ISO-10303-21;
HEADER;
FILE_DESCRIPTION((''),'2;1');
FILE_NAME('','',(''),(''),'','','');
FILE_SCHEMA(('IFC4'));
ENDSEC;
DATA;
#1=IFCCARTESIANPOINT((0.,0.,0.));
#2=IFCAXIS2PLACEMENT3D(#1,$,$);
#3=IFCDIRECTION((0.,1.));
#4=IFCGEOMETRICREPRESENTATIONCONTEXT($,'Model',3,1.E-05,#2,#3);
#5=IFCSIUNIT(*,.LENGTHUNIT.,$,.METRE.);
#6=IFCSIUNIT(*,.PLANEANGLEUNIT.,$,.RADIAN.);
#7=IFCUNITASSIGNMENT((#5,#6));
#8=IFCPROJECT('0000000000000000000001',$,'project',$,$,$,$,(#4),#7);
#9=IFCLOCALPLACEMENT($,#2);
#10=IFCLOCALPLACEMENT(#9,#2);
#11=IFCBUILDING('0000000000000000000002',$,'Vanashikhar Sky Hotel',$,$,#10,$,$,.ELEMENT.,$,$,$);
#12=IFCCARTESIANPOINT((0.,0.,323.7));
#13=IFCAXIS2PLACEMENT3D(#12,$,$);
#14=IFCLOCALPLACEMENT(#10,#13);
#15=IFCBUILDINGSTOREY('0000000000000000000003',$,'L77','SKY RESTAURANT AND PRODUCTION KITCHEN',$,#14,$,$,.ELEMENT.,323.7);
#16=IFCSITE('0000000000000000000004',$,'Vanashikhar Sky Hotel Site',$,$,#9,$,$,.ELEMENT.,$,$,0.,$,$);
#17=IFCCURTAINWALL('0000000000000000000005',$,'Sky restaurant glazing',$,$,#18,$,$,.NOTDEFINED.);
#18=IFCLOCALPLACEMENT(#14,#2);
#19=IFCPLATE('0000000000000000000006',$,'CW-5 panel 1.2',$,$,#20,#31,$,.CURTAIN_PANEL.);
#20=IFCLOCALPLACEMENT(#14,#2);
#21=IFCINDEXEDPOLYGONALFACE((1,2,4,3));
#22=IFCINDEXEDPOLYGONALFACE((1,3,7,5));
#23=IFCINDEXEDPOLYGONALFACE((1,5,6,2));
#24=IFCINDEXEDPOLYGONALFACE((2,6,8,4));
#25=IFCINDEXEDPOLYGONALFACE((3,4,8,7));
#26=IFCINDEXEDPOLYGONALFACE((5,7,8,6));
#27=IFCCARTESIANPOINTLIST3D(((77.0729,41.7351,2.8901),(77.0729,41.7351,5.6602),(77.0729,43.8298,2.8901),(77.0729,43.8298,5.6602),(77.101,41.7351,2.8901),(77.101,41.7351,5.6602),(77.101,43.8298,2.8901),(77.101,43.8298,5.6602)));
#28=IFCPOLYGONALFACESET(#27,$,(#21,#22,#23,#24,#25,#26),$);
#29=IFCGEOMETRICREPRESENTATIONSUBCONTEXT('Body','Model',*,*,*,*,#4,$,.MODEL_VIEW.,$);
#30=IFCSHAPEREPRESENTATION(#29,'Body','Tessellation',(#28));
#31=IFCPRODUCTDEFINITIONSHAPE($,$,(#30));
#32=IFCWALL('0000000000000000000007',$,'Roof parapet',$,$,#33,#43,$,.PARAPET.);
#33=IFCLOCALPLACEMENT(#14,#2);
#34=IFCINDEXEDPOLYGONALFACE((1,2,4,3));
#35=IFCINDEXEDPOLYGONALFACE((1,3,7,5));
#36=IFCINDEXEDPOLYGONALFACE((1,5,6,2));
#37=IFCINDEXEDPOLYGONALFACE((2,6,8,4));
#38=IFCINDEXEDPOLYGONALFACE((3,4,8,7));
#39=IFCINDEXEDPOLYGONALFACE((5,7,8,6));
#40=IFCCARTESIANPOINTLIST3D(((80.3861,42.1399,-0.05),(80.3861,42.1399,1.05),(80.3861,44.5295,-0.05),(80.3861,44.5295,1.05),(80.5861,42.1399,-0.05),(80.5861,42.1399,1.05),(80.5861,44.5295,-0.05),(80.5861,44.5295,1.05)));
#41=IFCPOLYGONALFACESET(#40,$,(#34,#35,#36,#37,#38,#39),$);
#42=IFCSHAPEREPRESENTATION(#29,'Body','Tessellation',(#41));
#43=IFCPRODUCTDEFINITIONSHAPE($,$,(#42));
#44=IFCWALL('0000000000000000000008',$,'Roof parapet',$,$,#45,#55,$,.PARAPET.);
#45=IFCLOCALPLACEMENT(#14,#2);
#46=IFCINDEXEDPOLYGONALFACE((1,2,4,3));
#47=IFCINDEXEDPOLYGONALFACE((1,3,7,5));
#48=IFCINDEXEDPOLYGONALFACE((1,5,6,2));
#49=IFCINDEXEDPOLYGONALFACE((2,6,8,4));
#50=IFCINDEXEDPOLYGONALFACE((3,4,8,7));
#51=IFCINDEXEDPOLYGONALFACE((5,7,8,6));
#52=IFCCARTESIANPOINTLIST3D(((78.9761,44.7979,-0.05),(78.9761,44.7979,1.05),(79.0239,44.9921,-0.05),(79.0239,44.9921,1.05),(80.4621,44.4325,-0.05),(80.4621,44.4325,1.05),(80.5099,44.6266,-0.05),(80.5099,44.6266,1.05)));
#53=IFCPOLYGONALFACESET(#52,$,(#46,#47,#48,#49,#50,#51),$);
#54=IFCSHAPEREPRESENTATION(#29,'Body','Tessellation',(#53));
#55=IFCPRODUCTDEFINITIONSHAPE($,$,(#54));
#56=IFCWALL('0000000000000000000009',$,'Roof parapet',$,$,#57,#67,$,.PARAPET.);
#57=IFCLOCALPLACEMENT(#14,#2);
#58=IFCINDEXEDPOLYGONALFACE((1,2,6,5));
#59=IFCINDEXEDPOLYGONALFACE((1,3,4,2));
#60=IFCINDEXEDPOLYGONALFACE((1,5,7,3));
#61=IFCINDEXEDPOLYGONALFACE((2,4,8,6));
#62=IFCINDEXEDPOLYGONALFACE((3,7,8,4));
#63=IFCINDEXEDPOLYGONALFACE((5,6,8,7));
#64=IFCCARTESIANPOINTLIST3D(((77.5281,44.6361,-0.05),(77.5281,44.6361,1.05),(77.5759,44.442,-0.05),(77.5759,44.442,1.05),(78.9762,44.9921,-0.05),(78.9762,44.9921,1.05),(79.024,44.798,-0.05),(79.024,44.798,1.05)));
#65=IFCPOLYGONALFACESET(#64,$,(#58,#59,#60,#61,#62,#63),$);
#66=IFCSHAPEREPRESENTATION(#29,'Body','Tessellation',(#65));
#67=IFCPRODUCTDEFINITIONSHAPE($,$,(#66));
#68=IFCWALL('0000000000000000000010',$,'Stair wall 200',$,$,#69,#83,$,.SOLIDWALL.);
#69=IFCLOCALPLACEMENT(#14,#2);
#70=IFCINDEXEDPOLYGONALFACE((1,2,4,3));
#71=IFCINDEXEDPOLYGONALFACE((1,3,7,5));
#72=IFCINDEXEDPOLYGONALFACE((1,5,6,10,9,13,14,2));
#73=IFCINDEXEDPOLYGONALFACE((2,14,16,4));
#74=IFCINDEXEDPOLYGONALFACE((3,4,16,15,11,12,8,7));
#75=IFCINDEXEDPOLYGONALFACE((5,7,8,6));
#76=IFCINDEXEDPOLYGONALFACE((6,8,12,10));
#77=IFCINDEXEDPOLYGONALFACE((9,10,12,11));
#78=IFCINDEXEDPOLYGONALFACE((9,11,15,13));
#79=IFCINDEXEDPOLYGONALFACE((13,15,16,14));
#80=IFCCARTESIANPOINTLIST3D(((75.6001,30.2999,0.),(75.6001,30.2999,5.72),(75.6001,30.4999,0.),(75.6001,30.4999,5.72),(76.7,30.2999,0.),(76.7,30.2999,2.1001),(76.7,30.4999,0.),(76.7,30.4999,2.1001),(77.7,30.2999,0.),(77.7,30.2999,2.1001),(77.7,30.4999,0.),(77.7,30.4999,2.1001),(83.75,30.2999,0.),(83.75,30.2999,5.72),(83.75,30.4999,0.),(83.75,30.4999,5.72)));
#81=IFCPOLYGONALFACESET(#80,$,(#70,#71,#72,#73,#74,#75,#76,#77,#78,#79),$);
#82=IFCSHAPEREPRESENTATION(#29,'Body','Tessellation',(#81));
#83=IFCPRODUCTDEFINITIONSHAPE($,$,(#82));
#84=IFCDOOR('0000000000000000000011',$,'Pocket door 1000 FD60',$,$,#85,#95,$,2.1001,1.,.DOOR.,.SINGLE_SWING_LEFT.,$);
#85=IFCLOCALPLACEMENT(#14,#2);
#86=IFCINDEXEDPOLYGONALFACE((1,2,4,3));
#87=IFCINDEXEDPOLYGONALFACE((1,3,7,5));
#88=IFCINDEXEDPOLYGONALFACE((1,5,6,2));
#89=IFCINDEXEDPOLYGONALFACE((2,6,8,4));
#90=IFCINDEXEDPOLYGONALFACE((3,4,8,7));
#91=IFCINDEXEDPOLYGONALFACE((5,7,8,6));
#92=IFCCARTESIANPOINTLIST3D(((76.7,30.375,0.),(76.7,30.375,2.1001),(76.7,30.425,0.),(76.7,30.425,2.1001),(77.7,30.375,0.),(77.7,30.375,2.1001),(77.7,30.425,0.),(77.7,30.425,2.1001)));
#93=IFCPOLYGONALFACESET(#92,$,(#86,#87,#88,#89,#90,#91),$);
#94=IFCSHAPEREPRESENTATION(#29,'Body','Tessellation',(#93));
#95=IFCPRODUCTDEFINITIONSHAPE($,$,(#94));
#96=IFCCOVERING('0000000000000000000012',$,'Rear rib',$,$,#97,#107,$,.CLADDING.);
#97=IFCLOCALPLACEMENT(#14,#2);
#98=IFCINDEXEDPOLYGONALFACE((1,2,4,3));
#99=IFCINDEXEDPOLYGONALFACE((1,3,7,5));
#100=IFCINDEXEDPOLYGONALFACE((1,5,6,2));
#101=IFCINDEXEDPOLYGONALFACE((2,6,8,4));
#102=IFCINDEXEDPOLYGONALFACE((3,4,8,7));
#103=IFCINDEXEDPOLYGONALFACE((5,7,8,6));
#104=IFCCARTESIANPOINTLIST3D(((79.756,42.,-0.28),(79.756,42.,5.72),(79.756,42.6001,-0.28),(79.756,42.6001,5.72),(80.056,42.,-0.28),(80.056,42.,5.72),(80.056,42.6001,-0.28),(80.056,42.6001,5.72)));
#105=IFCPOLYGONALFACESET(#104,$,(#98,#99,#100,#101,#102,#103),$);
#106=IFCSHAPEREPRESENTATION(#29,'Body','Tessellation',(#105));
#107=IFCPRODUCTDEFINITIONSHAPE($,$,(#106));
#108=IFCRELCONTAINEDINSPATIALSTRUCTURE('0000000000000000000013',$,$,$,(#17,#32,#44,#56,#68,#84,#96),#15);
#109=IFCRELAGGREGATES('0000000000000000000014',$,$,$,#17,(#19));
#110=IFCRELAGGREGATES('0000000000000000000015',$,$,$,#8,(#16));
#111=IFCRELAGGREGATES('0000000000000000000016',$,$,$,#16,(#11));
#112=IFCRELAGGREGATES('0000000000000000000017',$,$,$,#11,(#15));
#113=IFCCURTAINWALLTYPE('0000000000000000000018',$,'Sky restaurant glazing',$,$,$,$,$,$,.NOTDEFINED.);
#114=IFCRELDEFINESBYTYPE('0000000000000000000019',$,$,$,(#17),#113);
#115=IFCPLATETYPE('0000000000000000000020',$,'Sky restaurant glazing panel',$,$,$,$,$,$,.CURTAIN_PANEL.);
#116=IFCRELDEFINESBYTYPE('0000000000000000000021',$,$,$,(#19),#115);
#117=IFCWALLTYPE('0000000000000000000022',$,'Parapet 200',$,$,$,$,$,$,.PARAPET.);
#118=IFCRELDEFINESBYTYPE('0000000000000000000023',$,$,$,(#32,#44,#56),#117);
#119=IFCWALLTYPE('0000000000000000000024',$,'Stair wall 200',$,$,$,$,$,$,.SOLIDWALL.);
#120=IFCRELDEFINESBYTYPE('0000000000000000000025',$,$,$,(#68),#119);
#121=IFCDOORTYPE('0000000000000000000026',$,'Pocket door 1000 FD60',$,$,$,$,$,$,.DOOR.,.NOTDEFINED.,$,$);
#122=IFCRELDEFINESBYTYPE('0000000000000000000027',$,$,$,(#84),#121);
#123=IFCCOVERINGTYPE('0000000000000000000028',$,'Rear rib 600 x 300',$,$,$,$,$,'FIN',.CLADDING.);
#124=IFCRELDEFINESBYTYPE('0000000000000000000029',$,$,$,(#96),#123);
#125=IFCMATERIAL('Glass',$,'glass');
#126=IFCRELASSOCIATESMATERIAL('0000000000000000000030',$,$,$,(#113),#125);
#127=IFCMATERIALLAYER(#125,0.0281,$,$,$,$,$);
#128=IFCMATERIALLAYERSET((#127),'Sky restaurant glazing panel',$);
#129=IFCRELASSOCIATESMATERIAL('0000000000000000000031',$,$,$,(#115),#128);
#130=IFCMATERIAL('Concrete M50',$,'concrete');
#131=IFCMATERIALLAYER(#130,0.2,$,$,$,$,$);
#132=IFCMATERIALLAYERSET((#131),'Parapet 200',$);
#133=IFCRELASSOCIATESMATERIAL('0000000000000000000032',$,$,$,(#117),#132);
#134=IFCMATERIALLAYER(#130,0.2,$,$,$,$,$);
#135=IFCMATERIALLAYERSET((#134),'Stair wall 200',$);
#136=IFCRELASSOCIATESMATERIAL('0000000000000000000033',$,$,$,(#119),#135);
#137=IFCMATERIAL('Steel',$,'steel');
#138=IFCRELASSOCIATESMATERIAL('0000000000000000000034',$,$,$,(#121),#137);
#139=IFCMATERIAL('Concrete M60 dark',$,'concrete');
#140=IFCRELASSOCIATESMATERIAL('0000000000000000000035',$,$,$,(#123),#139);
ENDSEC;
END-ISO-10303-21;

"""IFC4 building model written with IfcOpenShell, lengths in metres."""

from ifc_helpers import new_model, si_unit, direction, frame, frame_2d, origin, origin_2d, place, context, subcontext, project, spatial, rectangle, extrude, source, transform, mapped, material, layer, layer_set, material_profile, profile_set, type_object, element, fill, aggregate, save


model = new_model("IFC4")

# Units and contexts
model_context = context("Model", 3, precision=1e-05, world=origin(), true_north=direction((0.0, 1.0)))
body_context = subcontext(model_context, "Body", "Model", "MODEL_VIEW")
ifc_project = project(units=[si_unit("LENGTHUNIT", "METRE"), si_unit("PLANEANGLEUNIT", "RADIAN")], contexts=[model_context])

# Site, building, storey
site_placement = place(None, origin())
site = spatial("IfcSite", under=ifc_project, at=site_placement, Name="Vanashikhar Sky Hotel Site", CompositionType="ELEMENT", RefElevation=0.0)
building_placement = place(site_placement, origin())
building = spatial("IfcBuilding", under=site, at=building_placement, Name="Vanashikhar Sky Hotel", CompositionType="ELEMENT")
storey_placement = place(building_placement, frame((0.0, 0.0, 323.7)))
storey = spatial("IfcBuildingStorey", under=building, at=storey_placement, Name="L77", Description="SKY RESTAURANT AND PRODUCTION KITCHEN", CompositionType="ELEMENT", Elevation=323.7)

# Shared definitions
ifc_material_1 = material(Name="Glass", Category="glass")
curtain_wall_type = type_object("IfcCurtainWallType", Name="Sky restaurant glazing", PredefinedType="NOTDEFINED", material=ifc_material_1)

# Curtain wall
curtain_wall_1_placement = place(storey_placement, origin())
curtain_wall_1 = element("IfcCurtainWall", 1, at=curtain_wall_1_placement, inside=storey, type_object=curtain_wall_type, Name="Sky restaurant glazing", PredefinedType="NOTDEFINED")

# Plate
ifc_layer_1 = layer(ifc_material_1, 0.0281)
ifc_layer_set_1 = layer_set([ifc_layer_1], Name="Sky restaurant glazing panel")
plate_type = type_object("IfcPlateType", Name="Sky restaurant glazing panel", PredefinedType="CURTAIN_PANEL", material=ifc_layer_set_1)
shared_shape_1 = source(origin(), body_context, "Body", "SweptSolid", [
    extrude(rectangle(XDim=2.0947, YDim=0.0281, at=origin_2d()), origin(), (0.0, 0.0, 1.0), 2.77),
])
plate_1_placement = place(storey_placement, frame((77.0869, 42.7825, 2.8901), z_axis=(0.0, 0.0, 1.0), x_axis=(0.0, 1.0, 0.0)))
plate_1 = element("IfcPlate", 2, at=plate_1_placement, type_object=plate_type, Name="CW-5 panel 1.2", PredefinedType="CURTAIN_PANEL", context=body_context, shape_type="MappedRepresentation", body=[
    mapped(shared_shape_1, transform((0.0, 0.0, 0.0), scale=1.0)),
])
aggregate(curtain_wall_1, [plate_1])

# Walls
ifc_material_2 = material(Name="Concrete M50", Category="concrete")
ifc_layer_2 = layer(ifc_material_2, 0.2)
ifc_layer_set_2 = layer_set([ifc_layer_2], Name="Parapet 200")
wall_type_1 = type_object("IfcWallType", Name="Parapet 200", PredefinedType="PARAPET", material=ifc_layer_set_2)
shared_shape_2 = source(origin(), body_context, "Body", "SweptSolid", [
    extrude(rectangle(XDim=2.3896, YDim=0.2, at=frame_2d((1.1948, 0.0))), origin(), (0.0, 0.0, 1.0), 1.1001),
])
wall_1_placement = place(storey_placement, frame((80.4861, 44.5295, -0.05), z_axis=(0.0, 0.0, 1.0), x_axis=(0.0, -1.0, 0.0)))
element("IfcWall", 3, at=wall_1_placement, inside=storey, type_object=wall_type_1, Name="Roof parapet", PredefinedType="PARAPET", context=body_context, shape_type="MappedRepresentation", body=[
    mapped(shared_shape_2, transform((0.0, 0.0, 0.0), scale=1.0)),
])
shared_shape_3 = source(origin(), body_context, "Body", "SweptSolid", [
    extrude(rectangle(XDim=1.5303, YDim=0.2, at=frame_2d((0.7651, 0.0))), origin(), (0.0, 0.0, 1.0), 1.1001),
])
wall_2_placement = place(storey_placement, frame((79.0, 44.895, -0.05), z_axis=(0.0, 0.0, 1.0), x_axis=(0.971064, -0.238818, 0.0)))
element("IfcWall", 4, at=wall_2_placement, inside=storey, type_object=wall_type_1, Name="Roof parapet", PredefinedType="PARAPET", context=body_context, shape_type="MappedRepresentation", body=[
    mapped(shared_shape_3, transform((0.0, 0.0, 0.0), scale=1.0)),
])
shared_shape_4 = source(origin(), body_context, "Body", "SweptSolid", [
    extrude(rectangle(XDim=1.4912, YDim=0.2, at=frame_2d((0.7456, 0.0))), origin(), (0.0, 0.0, 1.0), 1.1001),
])
wall_3_placement = place(storey_placement, frame((77.552, 44.5391, -0.05), z_axis=(0.0, 0.0, 1.0), x_axis=(0.971088, 0.23872, 0.0)))
element("IfcWall", 5, at=wall_3_placement, inside=storey, type_object=wall_type_1, Name="Roof parapet", PredefinedType="PARAPET", context=body_context, shape_type="MappedRepresentation", body=[
    mapped(shared_shape_4, transform((0.0, 0.0, 0.0), scale=1.0)),
])

# Wall, opening, door
ifc_layer_3 = layer(ifc_material_2, 0.2)
ifc_layer_set_3 = layer_set([ifc_layer_3], Name="Stair wall 200")
wall_type_2 = type_object("IfcWallType", Name="Stair wall 200", PredefinedType="SOLIDWALL", material=ifc_layer_set_3)
shared_shape_5 = source(origin(), body_context, "Body", "SweptSolid", [
    extrude(rectangle(XDim=8.1499, YDim=0.2, at=frame_2d((4.075, 0.0))), origin(), (0.0, 0.0, 1.0), 5.72),
])
wall_4_placement = place(storey_placement, frame((83.75, 30.3999, 0.0), z_axis=(0.0, 0.0, 1.0), x_axis=(-1.0, 0.0, 0.0)))
wall_4 = element("IfcWall", 6, at=wall_4_placement, inside=storey, type_object=wall_type_2, Name="Stair wall 200", PredefinedType="SOLIDWALL", context=body_context, shape_type="MappedRepresentation", body=[
    mapped(shared_shape_5, transform((0.0, 0.0, 0.0), scale=1.0)),
])
shared_shape_6 = source(origin(), body_context, "Body", "SweptSolid", [
    extrude(rectangle(XDim=1.0, YDim=2.1001, at=frame_2d((0.5, 1.05))), frame((0.0, 0.1099, 0.0), z_axis=(0.0, -1.0, 0.0), x_axis=(1.0, 0.0, 0.0)), (0.0, 0.0, 1.0), 0.22),
])
opening_placement = place(wall_4_placement, frame((6.05, 0.0, 0.0)))
opening = element("IfcOpeningElement", 7, at=opening_placement, cuts=wall_4, PredefinedType="OPENING", context=body_context, shape_type="MappedRepresentation", body=[
    mapped(shared_shape_6, transform((0.0, 0.0, 0.0), scale=1.0)),
])
ifc_material_3 = material(Name="Steel", Category="steel")
door_type = type_object("IfcDoorType", Name="Pocket door 1000 FD60", OperationType="NOTDEFINED", PredefinedType="DOOR", material=ifc_material_3)
shared_shape_7 = source(origin(), body_context, "Body", "SweptSolid", [
    extrude(rectangle(XDim=1.0, YDim=2.1001, at=frame_2d((0.5, 1.05))), frame((0.0, 0.0249, 0.0), z_axis=(0.0, -1.0, 0.0), x_axis=(1.0, 0.0, 0.0)), (0.0, 0.0, 1.0), 0.05),
])
door_placement = place(opening_placement, origin())
door = element("IfcDoor", 8, at=door_placement, inside=storey, type_object=door_type, Name="Pocket door 1000 FD60", OperationType="SINGLE_SWING_LEFT", OverallHeight=2.1001, OverallWidth=1.0, PredefinedType="DOOR", context=body_context, shape_type="MappedRepresentation", body=[
    mapped(shared_shape_7, transform((0.0, 0.0, 0.0), scale=1.0)),
])
fill(opening, door)

# Covering
ifc_material_4 = material(Name="Concrete M60 dark", Category="concrete")
ifc_material_profile_1 = material_profile(ifc_material_4, rectangle(XDim=0.6001, YDim=0.3, at=origin_2d()))
ifc_profile_set_1 = profile_set([ifc_material_profile_1], Name="Rear rib 600 x 300")
covering_type = type_object("IfcCoveringType", Name="Rear rib 600 x 300", ElementType="FIN", PredefinedType="CLADDING", material=ifc_profile_set_1)
shared_shape_8 = source(origin(), body_context, "Body", "SweptSolid", [
    extrude(rectangle(XDim=0.6001, YDim=0.3, at=origin_2d()), origin(), (0.0, 0.0, 1.0), 6.0),
])
covering_placement = place(storey_placement, frame((79.906, 42.3, -0.28), z_axis=(0.0, 0.0, 1.0), x_axis=(0.0, 1.0, 0.0)))
element("IfcCovering", 9, at=covering_placement, inside=storey, type_object=covering_type, Name="Rear rib", PredefinedType="CLADDING", context=body_context, shape_type="MappedRepresentation", body=[
    mapped(shared_shape_8, transform((0.0, 0.0, 0.0), scale=1.0)),
])

save(model, "model.ifc")
